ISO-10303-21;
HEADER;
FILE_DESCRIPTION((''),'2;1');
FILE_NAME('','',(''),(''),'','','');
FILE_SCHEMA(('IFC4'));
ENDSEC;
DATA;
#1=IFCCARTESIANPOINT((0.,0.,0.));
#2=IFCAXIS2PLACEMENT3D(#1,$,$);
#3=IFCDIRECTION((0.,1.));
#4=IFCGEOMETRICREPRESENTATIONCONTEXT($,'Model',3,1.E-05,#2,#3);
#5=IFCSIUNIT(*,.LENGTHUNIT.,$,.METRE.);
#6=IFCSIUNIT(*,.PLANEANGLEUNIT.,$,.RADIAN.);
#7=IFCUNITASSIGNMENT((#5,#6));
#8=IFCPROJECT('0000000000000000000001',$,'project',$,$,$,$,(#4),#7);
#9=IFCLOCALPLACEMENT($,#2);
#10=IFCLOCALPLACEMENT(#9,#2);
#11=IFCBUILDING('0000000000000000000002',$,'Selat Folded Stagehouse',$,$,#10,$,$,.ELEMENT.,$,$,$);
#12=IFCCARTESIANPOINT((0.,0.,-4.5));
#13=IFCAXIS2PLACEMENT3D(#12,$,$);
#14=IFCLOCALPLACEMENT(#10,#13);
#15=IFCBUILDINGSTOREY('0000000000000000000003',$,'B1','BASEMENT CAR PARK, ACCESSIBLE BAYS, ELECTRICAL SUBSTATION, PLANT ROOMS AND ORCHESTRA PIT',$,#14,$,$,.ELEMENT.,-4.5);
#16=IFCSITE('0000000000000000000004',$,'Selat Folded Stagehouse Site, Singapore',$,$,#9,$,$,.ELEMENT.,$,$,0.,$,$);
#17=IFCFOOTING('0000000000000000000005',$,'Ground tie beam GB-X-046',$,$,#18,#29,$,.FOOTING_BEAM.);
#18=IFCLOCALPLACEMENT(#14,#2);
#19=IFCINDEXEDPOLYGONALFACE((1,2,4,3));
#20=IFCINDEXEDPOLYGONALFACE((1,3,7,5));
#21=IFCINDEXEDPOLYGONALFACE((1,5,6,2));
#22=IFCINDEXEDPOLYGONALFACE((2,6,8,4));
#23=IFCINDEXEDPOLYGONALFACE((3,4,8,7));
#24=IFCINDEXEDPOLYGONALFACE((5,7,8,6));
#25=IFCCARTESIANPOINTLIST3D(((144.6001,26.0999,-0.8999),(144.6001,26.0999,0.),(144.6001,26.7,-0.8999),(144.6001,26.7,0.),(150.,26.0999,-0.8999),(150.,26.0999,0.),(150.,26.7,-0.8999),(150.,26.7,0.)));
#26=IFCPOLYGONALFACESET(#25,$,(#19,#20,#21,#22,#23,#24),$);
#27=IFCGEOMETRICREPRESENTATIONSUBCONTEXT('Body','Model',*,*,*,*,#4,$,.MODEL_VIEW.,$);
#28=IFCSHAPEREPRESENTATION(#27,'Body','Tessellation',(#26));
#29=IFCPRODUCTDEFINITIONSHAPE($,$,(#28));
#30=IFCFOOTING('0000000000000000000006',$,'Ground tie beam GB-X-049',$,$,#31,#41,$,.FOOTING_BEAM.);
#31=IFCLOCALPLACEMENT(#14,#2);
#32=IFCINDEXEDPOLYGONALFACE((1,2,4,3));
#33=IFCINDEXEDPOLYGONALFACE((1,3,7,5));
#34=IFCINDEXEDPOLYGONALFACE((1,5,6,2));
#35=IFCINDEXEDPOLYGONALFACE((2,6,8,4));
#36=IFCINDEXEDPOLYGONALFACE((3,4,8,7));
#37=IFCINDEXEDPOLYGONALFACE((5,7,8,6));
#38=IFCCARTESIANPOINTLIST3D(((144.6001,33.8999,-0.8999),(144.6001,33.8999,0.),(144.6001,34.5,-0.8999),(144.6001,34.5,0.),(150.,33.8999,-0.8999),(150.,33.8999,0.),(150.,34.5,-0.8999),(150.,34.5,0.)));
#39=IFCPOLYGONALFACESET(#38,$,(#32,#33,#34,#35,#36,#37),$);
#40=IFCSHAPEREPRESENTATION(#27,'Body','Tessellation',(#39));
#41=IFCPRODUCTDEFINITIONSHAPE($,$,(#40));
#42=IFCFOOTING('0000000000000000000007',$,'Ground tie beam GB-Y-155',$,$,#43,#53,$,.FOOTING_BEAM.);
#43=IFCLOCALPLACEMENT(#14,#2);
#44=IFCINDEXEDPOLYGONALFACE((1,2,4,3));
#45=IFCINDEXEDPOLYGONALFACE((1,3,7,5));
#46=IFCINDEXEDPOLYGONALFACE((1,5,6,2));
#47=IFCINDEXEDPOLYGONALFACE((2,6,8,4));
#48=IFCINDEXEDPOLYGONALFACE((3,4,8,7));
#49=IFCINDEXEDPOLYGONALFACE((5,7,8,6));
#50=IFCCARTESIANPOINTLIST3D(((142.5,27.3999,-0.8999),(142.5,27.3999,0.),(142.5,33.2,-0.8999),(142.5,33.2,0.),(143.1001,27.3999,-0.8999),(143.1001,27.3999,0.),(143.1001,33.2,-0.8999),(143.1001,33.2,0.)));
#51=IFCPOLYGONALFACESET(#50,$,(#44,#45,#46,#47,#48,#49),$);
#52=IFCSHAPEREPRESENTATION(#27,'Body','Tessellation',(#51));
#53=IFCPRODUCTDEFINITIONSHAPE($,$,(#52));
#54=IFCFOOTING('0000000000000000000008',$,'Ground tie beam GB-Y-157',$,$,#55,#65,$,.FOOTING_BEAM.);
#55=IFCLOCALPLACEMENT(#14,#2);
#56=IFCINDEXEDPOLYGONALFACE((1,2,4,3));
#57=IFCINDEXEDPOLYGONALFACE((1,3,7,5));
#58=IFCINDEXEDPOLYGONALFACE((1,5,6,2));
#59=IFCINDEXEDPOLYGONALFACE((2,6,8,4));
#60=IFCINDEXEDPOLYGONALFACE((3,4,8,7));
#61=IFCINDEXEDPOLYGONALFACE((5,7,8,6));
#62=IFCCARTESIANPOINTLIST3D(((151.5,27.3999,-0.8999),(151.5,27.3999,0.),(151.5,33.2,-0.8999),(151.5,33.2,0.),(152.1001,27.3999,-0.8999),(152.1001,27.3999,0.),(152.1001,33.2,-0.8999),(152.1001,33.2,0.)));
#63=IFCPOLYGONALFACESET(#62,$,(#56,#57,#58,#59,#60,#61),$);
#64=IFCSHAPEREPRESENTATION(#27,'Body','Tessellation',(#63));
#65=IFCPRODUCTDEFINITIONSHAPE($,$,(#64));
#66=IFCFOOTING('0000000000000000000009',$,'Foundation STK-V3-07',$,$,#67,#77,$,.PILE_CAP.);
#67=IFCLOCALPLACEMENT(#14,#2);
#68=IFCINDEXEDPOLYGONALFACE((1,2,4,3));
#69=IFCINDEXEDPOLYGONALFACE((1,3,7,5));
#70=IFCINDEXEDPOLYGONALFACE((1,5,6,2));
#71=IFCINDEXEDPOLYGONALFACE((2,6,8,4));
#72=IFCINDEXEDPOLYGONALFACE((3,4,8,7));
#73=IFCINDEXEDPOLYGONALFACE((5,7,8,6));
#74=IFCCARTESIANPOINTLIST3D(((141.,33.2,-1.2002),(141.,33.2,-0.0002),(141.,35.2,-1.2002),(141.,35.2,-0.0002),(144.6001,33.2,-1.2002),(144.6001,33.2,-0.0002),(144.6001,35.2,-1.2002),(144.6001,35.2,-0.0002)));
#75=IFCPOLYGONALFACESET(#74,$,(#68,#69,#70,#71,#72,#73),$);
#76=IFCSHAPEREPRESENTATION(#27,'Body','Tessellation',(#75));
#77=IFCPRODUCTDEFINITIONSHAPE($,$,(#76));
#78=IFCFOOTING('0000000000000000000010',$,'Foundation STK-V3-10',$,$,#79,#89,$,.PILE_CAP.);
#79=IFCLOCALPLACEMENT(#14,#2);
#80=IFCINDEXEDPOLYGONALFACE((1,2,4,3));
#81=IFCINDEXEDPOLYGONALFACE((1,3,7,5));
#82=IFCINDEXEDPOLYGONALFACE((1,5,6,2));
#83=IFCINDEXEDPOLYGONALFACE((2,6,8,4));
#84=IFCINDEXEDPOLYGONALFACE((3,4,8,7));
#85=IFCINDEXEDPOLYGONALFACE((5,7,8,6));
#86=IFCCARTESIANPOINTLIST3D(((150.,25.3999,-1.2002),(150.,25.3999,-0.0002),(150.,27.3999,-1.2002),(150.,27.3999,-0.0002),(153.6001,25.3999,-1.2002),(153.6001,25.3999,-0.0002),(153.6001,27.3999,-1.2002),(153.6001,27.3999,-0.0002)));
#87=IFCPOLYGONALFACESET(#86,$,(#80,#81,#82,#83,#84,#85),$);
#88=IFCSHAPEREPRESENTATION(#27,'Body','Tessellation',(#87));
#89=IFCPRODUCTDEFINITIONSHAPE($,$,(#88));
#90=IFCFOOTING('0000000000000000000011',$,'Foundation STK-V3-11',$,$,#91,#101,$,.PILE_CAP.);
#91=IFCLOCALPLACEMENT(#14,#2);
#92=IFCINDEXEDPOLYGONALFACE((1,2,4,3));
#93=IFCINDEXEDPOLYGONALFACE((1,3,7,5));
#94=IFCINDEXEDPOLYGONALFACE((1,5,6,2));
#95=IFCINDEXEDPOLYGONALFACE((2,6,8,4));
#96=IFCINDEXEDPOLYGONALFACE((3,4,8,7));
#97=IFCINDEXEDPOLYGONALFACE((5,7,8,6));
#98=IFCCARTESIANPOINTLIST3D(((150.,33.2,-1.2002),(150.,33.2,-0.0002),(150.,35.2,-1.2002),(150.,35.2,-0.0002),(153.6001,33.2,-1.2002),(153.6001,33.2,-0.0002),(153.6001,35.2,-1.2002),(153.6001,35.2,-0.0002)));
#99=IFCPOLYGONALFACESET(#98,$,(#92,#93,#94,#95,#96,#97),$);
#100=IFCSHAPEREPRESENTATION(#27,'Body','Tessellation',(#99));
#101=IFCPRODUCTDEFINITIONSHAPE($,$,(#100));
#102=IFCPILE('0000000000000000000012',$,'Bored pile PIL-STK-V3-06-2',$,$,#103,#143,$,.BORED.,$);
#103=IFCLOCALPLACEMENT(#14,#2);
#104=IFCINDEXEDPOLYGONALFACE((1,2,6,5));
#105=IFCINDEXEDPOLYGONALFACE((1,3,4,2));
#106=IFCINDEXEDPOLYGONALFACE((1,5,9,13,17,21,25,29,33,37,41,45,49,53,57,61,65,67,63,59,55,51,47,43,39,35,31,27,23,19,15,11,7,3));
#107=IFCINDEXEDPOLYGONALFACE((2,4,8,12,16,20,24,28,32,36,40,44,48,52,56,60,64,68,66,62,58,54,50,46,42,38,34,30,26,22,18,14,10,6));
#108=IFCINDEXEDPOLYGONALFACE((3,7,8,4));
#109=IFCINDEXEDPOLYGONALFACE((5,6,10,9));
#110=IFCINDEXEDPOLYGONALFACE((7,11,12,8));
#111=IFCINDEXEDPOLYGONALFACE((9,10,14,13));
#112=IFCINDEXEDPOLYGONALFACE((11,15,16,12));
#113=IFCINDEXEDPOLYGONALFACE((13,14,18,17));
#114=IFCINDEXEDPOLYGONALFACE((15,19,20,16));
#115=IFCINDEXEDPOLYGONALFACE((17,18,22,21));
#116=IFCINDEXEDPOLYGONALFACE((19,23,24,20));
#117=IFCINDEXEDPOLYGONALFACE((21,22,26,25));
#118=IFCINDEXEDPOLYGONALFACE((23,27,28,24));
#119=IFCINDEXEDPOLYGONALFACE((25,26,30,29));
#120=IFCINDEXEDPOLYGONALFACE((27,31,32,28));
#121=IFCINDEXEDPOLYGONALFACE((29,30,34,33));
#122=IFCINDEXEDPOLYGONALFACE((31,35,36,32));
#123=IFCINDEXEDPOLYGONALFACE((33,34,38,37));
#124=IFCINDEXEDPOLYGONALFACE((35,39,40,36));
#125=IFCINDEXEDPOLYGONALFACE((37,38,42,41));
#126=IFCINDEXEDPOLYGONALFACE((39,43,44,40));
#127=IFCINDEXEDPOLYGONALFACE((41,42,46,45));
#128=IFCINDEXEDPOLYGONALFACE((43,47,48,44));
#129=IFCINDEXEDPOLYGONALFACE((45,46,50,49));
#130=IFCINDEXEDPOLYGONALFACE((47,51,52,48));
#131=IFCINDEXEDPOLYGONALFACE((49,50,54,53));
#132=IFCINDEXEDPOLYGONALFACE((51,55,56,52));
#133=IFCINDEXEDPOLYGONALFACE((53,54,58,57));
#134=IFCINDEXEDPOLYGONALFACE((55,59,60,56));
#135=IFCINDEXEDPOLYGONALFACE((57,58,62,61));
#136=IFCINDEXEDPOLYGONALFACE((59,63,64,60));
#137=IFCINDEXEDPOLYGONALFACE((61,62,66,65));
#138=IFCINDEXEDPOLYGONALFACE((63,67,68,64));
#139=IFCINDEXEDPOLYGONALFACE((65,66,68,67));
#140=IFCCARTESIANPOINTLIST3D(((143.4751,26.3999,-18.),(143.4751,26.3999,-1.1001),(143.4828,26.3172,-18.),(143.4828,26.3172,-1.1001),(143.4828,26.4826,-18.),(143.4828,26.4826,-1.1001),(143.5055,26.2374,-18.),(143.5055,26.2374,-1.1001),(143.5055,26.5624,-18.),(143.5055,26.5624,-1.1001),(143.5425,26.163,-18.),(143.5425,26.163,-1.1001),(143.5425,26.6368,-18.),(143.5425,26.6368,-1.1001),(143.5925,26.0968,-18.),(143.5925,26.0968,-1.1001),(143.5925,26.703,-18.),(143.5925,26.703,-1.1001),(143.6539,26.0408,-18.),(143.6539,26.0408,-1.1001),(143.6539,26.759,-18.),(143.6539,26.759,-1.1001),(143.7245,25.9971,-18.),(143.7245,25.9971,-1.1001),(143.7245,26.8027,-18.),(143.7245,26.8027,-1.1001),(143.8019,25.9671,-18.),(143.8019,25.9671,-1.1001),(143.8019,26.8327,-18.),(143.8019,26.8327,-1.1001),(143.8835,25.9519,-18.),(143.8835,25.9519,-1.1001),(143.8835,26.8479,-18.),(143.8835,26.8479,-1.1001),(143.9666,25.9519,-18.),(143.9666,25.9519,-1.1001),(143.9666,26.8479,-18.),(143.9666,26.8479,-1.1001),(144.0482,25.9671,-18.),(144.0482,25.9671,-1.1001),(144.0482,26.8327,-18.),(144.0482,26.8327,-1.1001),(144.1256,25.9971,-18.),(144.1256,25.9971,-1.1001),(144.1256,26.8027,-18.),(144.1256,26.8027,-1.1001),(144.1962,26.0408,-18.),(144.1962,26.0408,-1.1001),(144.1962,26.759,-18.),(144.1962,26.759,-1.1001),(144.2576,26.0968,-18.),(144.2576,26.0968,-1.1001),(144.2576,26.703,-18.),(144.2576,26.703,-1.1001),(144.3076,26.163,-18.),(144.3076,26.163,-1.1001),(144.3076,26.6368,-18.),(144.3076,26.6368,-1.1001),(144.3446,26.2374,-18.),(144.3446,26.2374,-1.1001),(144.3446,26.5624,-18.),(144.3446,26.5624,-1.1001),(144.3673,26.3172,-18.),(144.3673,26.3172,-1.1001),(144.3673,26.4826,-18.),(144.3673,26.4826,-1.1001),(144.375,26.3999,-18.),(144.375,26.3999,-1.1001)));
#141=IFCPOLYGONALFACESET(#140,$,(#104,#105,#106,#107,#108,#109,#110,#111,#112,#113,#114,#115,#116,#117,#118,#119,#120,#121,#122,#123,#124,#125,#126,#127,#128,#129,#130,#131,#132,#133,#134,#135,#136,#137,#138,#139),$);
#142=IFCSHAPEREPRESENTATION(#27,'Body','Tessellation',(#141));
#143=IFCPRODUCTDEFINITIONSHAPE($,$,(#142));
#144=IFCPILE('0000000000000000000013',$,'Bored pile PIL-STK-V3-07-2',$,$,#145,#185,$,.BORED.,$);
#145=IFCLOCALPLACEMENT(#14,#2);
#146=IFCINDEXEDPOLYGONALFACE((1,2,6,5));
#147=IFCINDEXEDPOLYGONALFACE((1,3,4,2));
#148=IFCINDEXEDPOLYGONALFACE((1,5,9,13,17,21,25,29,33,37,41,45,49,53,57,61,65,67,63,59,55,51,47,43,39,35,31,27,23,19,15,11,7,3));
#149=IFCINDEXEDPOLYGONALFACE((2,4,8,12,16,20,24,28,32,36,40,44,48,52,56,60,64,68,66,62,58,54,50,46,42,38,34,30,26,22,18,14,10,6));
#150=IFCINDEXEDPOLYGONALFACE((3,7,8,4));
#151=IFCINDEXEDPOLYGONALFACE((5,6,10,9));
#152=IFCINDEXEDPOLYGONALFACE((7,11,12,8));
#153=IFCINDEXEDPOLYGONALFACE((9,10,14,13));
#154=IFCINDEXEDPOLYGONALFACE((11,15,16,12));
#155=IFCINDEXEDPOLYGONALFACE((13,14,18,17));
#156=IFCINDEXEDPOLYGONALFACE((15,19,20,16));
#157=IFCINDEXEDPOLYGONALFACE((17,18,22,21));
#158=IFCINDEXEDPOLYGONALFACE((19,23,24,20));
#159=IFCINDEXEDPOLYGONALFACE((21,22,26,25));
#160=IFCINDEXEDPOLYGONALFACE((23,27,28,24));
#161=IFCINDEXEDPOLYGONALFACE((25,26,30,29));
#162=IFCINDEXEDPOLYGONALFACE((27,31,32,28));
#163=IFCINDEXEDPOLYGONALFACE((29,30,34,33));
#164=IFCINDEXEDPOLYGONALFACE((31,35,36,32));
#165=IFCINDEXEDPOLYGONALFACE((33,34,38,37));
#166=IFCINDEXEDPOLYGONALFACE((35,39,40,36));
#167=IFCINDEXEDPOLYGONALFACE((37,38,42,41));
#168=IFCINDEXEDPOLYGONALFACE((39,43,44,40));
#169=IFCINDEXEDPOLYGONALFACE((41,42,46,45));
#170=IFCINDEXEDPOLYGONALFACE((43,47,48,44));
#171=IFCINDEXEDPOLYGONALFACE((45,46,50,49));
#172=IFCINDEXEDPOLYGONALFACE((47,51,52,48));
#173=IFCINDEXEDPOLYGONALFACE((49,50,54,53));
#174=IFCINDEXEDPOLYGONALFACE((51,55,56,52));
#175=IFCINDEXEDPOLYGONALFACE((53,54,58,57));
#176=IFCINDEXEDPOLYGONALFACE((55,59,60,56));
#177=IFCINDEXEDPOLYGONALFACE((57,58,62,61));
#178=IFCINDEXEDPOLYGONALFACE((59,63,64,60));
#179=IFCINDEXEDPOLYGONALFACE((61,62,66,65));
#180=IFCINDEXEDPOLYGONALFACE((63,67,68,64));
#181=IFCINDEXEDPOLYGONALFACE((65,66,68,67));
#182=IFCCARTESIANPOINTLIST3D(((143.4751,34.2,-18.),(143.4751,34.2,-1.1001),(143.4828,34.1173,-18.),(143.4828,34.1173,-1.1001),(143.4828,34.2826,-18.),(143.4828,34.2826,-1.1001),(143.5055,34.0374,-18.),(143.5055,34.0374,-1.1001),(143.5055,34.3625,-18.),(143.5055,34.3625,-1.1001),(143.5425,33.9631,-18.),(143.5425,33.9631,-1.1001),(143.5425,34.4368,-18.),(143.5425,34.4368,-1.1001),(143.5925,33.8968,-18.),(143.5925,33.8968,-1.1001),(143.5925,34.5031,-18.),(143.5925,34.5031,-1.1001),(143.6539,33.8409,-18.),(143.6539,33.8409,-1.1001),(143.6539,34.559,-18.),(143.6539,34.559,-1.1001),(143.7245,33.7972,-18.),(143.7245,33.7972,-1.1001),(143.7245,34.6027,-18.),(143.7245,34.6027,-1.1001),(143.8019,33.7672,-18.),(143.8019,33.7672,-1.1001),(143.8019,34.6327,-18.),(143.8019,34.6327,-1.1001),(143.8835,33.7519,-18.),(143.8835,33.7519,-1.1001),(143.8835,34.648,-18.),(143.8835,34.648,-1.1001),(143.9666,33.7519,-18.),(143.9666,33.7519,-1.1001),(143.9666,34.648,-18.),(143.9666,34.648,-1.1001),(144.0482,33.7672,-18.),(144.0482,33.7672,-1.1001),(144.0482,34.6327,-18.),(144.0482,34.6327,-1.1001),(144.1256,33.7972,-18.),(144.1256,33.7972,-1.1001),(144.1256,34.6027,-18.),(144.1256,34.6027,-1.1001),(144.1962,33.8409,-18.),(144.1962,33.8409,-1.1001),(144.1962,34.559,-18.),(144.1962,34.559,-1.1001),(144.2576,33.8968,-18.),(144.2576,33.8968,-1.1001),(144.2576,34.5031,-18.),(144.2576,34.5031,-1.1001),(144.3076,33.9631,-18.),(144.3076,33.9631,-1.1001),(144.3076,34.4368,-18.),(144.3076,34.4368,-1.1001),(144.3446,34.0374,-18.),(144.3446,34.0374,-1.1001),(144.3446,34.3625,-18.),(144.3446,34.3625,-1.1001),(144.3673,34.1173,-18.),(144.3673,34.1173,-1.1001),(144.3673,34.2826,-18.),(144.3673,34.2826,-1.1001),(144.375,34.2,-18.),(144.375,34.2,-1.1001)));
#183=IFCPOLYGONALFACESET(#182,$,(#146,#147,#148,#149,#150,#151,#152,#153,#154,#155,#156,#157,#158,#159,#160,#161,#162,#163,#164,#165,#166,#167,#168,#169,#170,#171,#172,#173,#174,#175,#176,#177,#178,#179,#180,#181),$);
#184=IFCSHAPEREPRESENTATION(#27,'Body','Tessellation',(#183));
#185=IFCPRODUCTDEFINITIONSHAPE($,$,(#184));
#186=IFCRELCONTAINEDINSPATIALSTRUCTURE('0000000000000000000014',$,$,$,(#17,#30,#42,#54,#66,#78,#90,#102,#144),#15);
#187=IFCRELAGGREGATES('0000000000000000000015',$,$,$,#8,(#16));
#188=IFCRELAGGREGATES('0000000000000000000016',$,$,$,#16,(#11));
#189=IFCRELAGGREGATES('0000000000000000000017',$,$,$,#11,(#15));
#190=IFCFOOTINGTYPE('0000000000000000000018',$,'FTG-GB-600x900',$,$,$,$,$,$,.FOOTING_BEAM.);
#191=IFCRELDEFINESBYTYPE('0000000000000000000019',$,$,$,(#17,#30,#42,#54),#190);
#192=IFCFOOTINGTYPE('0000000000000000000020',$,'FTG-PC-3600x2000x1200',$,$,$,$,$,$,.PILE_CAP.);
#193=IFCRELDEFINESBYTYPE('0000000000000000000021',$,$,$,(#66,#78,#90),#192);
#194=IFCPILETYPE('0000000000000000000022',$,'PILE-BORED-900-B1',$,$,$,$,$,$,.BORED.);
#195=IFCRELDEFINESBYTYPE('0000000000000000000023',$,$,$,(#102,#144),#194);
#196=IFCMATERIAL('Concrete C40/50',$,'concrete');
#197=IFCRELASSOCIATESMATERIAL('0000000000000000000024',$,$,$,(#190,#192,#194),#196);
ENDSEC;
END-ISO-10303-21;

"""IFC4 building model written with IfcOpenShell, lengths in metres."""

from ifc_helpers import new_model, si_unit, direction, frame, origin, origin_2d, place, context, subcontext, project, spatial, rectangle, circle, extrude, material, material_profile, profile_set, type_object, element, save


model = new_model("IFC4")

# Units and contexts
model_context = context("Model", 3, precision=1e-05, world=origin(), true_north=direction((0.0, 1.0)))
body_context = subcontext(model_context, "Body", "Model", "MODEL_VIEW")
ifc_project = project(units=[si_unit("LENGTHUNIT", "METRE"), si_unit("PLANEANGLEUNIT", "RADIAN")], contexts=[model_context])

# Site, building, storey
site_placement = place(None, origin())
site = spatial("IfcSite", under=ifc_project, at=site_placement, Name="Selat Folded Stagehouse Site, Singapore", CompositionType="ELEMENT", RefElevation=0.0)
building_placement = place(site_placement, origin())
building = spatial("IfcBuilding", under=site, at=building_placement, Name="Selat Folded Stagehouse", CompositionType="ELEMENT")
storey_placement = place(building_placement, frame((0.0, 0.0, -4.5)))
storey = spatial("IfcBuildingStorey", under=building, at=storey_placement, Name="B1", Description="BASEMENT CAR PARK, ACCESSIBLE BAYS, ELECTRICAL SUBSTATION, PLANT ROOMS AND ORCHESTRA PIT", CompositionType="ELEMENT", Elevation=-4.5)

# Footings
ifc_material_1 = material(Name="Concrete C40/50", Category="concrete")
ifc_material_profile_1 = material_profile(ifc_material_1, rectangle(XDim=0.6001, YDim=0.8999, at=origin_2d()), Name="RC 900x600")
ifc_profile_set_1 = profile_set([ifc_material_profile_1], Name="Concrete C40/50")
footing_type_1 = type_object("IfcFootingType", Name="FTG-GB-600x900", PredefinedType="FOOTING_BEAM", material=ifc_profile_set_1)
for number, where, z_axis, x_axis, name in (
    (1, (144.6001, 26.3999, -0.45), (1.0, 0.0, 0.0), (0.0, 1.0, 0.0), "Ground tie beam GB-X-046"),
    (2, (144.6001, 34.2, -0.45), (1.0, 0.0, 0.0), (0.0, 1.0, 0.0), "Ground tie beam GB-X-049"),
):
    element("IfcFooting", number, at=place(storey_placement, frame(where, z_axis=z_axis, x_axis=x_axis)), inside=storey, type_object=footing_type_1, Name=name, PredefinedType="FOOTING_BEAM", context=body_context, shape_type="SweptSolid", body=[
        extrude(rectangle(XDim=0.6001, YDim=0.8999, at=origin_2d()), origin(), (0.0, 0.0, 1.0), 5.3999),
    ])
for number, where, z_axis, x_axis, name in (
    (3, (142.8, 27.3999, -0.45), (0.0, 1.0, 0.0), (-1.0, 0.0, 0.0), "Ground tie beam GB-Y-155"),
    (4, (151.8, 27.3999, -0.45), (0.0, 1.0, 0.0), (-1.0, 0.0, 0.0), "Ground tie beam GB-Y-157"),
):
    element("IfcFooting", number, at=place(storey_placement, frame(where, z_axis=z_axis, x_axis=x_axis)), inside=storey, type_object=footing_type_1, Name=name, PredefinedType="FOOTING_BEAM", context=body_context, shape_type="SweptSolid", body=[
        extrude(rectangle(XDim=0.6001, YDim=0.8999, at=origin_2d()), origin(), (0.0, 0.0, 1.0), 5.8),
    ])
footing_type_2 = type_object("IfcFootingType", Name="FTG-PC-3600x2000x1200", PredefinedType="PILE_CAP", material=ifc_material_1)
for number, where, z_axis, x_axis, name in (
    (5, (142.8, 34.2, -1.2002), (0.0, 0.0, 1.0), (1.0, 0.0, 0.0), "Foundation STK-V3-07"),
    (6, (151.8, 26.3999, -1.2002), (0.0, 0.0, 1.0), (1.0, 0.0, 0.0), "Foundation STK-V3-10"),
    (7, (151.8, 34.2, -1.2002), (0.0, 0.0, 1.0), (1.0, 0.0, 0.0), "Foundation STK-V3-11"),
):
    element("IfcFooting", number, at=place(storey_placement, frame(where, z_axis=z_axis, x_axis=x_axis)), inside=storey, type_object=footing_type_2, Name=name, PredefinedType="PILE_CAP", context=body_context, shape_type="SweptSolid", body=[
        extrude(rectangle(XDim=3.6001, YDim=2.0, at=origin_2d()), origin(), (0.0, 0.0, 1.0), 1.2),
    ])

# Piles
ifc_material_profile_2 = material_profile(ifc_material_1, circle(Radius=0.45, at=origin_2d()), Name="PILE D900")
ifc_profile_set_2 = profile_set([ifc_material_profile_2], Name="Concrete C40/50")
pile_type = type_object("IfcPileType", Name="PILE-BORED-900-B1", PredefinedType="BORED", material=ifc_profile_set_2)
for number, where, z_axis, x_axis, name in (
    (8, (143.925, 26.3999, -1.1001), (0.0, 0.0, -1.0), (1.0, 0.0, 0.0), "Bored pile PIL-STK-V3-06-2"),
    (9, (143.925, 34.2, -1.1001), (0.0, 0.0, -1.0), (1.0, 0.0, 0.0), "Bored pile PIL-STK-V3-07-2"),
):
    element("IfcPile", number, at=place(storey_placement, frame(where, z_axis=z_axis, x_axis=x_axis)), inside=storey, type_object=pile_type, Name=name, PredefinedType="BORED", context=body_context, shape_type="SweptSolid", body=[
        extrude(circle(Radius=0.45, at=origin_2d()), origin(), (0.0, 0.0, 1.0), 16.8999),
    ])

save(model, "model.ifc")
